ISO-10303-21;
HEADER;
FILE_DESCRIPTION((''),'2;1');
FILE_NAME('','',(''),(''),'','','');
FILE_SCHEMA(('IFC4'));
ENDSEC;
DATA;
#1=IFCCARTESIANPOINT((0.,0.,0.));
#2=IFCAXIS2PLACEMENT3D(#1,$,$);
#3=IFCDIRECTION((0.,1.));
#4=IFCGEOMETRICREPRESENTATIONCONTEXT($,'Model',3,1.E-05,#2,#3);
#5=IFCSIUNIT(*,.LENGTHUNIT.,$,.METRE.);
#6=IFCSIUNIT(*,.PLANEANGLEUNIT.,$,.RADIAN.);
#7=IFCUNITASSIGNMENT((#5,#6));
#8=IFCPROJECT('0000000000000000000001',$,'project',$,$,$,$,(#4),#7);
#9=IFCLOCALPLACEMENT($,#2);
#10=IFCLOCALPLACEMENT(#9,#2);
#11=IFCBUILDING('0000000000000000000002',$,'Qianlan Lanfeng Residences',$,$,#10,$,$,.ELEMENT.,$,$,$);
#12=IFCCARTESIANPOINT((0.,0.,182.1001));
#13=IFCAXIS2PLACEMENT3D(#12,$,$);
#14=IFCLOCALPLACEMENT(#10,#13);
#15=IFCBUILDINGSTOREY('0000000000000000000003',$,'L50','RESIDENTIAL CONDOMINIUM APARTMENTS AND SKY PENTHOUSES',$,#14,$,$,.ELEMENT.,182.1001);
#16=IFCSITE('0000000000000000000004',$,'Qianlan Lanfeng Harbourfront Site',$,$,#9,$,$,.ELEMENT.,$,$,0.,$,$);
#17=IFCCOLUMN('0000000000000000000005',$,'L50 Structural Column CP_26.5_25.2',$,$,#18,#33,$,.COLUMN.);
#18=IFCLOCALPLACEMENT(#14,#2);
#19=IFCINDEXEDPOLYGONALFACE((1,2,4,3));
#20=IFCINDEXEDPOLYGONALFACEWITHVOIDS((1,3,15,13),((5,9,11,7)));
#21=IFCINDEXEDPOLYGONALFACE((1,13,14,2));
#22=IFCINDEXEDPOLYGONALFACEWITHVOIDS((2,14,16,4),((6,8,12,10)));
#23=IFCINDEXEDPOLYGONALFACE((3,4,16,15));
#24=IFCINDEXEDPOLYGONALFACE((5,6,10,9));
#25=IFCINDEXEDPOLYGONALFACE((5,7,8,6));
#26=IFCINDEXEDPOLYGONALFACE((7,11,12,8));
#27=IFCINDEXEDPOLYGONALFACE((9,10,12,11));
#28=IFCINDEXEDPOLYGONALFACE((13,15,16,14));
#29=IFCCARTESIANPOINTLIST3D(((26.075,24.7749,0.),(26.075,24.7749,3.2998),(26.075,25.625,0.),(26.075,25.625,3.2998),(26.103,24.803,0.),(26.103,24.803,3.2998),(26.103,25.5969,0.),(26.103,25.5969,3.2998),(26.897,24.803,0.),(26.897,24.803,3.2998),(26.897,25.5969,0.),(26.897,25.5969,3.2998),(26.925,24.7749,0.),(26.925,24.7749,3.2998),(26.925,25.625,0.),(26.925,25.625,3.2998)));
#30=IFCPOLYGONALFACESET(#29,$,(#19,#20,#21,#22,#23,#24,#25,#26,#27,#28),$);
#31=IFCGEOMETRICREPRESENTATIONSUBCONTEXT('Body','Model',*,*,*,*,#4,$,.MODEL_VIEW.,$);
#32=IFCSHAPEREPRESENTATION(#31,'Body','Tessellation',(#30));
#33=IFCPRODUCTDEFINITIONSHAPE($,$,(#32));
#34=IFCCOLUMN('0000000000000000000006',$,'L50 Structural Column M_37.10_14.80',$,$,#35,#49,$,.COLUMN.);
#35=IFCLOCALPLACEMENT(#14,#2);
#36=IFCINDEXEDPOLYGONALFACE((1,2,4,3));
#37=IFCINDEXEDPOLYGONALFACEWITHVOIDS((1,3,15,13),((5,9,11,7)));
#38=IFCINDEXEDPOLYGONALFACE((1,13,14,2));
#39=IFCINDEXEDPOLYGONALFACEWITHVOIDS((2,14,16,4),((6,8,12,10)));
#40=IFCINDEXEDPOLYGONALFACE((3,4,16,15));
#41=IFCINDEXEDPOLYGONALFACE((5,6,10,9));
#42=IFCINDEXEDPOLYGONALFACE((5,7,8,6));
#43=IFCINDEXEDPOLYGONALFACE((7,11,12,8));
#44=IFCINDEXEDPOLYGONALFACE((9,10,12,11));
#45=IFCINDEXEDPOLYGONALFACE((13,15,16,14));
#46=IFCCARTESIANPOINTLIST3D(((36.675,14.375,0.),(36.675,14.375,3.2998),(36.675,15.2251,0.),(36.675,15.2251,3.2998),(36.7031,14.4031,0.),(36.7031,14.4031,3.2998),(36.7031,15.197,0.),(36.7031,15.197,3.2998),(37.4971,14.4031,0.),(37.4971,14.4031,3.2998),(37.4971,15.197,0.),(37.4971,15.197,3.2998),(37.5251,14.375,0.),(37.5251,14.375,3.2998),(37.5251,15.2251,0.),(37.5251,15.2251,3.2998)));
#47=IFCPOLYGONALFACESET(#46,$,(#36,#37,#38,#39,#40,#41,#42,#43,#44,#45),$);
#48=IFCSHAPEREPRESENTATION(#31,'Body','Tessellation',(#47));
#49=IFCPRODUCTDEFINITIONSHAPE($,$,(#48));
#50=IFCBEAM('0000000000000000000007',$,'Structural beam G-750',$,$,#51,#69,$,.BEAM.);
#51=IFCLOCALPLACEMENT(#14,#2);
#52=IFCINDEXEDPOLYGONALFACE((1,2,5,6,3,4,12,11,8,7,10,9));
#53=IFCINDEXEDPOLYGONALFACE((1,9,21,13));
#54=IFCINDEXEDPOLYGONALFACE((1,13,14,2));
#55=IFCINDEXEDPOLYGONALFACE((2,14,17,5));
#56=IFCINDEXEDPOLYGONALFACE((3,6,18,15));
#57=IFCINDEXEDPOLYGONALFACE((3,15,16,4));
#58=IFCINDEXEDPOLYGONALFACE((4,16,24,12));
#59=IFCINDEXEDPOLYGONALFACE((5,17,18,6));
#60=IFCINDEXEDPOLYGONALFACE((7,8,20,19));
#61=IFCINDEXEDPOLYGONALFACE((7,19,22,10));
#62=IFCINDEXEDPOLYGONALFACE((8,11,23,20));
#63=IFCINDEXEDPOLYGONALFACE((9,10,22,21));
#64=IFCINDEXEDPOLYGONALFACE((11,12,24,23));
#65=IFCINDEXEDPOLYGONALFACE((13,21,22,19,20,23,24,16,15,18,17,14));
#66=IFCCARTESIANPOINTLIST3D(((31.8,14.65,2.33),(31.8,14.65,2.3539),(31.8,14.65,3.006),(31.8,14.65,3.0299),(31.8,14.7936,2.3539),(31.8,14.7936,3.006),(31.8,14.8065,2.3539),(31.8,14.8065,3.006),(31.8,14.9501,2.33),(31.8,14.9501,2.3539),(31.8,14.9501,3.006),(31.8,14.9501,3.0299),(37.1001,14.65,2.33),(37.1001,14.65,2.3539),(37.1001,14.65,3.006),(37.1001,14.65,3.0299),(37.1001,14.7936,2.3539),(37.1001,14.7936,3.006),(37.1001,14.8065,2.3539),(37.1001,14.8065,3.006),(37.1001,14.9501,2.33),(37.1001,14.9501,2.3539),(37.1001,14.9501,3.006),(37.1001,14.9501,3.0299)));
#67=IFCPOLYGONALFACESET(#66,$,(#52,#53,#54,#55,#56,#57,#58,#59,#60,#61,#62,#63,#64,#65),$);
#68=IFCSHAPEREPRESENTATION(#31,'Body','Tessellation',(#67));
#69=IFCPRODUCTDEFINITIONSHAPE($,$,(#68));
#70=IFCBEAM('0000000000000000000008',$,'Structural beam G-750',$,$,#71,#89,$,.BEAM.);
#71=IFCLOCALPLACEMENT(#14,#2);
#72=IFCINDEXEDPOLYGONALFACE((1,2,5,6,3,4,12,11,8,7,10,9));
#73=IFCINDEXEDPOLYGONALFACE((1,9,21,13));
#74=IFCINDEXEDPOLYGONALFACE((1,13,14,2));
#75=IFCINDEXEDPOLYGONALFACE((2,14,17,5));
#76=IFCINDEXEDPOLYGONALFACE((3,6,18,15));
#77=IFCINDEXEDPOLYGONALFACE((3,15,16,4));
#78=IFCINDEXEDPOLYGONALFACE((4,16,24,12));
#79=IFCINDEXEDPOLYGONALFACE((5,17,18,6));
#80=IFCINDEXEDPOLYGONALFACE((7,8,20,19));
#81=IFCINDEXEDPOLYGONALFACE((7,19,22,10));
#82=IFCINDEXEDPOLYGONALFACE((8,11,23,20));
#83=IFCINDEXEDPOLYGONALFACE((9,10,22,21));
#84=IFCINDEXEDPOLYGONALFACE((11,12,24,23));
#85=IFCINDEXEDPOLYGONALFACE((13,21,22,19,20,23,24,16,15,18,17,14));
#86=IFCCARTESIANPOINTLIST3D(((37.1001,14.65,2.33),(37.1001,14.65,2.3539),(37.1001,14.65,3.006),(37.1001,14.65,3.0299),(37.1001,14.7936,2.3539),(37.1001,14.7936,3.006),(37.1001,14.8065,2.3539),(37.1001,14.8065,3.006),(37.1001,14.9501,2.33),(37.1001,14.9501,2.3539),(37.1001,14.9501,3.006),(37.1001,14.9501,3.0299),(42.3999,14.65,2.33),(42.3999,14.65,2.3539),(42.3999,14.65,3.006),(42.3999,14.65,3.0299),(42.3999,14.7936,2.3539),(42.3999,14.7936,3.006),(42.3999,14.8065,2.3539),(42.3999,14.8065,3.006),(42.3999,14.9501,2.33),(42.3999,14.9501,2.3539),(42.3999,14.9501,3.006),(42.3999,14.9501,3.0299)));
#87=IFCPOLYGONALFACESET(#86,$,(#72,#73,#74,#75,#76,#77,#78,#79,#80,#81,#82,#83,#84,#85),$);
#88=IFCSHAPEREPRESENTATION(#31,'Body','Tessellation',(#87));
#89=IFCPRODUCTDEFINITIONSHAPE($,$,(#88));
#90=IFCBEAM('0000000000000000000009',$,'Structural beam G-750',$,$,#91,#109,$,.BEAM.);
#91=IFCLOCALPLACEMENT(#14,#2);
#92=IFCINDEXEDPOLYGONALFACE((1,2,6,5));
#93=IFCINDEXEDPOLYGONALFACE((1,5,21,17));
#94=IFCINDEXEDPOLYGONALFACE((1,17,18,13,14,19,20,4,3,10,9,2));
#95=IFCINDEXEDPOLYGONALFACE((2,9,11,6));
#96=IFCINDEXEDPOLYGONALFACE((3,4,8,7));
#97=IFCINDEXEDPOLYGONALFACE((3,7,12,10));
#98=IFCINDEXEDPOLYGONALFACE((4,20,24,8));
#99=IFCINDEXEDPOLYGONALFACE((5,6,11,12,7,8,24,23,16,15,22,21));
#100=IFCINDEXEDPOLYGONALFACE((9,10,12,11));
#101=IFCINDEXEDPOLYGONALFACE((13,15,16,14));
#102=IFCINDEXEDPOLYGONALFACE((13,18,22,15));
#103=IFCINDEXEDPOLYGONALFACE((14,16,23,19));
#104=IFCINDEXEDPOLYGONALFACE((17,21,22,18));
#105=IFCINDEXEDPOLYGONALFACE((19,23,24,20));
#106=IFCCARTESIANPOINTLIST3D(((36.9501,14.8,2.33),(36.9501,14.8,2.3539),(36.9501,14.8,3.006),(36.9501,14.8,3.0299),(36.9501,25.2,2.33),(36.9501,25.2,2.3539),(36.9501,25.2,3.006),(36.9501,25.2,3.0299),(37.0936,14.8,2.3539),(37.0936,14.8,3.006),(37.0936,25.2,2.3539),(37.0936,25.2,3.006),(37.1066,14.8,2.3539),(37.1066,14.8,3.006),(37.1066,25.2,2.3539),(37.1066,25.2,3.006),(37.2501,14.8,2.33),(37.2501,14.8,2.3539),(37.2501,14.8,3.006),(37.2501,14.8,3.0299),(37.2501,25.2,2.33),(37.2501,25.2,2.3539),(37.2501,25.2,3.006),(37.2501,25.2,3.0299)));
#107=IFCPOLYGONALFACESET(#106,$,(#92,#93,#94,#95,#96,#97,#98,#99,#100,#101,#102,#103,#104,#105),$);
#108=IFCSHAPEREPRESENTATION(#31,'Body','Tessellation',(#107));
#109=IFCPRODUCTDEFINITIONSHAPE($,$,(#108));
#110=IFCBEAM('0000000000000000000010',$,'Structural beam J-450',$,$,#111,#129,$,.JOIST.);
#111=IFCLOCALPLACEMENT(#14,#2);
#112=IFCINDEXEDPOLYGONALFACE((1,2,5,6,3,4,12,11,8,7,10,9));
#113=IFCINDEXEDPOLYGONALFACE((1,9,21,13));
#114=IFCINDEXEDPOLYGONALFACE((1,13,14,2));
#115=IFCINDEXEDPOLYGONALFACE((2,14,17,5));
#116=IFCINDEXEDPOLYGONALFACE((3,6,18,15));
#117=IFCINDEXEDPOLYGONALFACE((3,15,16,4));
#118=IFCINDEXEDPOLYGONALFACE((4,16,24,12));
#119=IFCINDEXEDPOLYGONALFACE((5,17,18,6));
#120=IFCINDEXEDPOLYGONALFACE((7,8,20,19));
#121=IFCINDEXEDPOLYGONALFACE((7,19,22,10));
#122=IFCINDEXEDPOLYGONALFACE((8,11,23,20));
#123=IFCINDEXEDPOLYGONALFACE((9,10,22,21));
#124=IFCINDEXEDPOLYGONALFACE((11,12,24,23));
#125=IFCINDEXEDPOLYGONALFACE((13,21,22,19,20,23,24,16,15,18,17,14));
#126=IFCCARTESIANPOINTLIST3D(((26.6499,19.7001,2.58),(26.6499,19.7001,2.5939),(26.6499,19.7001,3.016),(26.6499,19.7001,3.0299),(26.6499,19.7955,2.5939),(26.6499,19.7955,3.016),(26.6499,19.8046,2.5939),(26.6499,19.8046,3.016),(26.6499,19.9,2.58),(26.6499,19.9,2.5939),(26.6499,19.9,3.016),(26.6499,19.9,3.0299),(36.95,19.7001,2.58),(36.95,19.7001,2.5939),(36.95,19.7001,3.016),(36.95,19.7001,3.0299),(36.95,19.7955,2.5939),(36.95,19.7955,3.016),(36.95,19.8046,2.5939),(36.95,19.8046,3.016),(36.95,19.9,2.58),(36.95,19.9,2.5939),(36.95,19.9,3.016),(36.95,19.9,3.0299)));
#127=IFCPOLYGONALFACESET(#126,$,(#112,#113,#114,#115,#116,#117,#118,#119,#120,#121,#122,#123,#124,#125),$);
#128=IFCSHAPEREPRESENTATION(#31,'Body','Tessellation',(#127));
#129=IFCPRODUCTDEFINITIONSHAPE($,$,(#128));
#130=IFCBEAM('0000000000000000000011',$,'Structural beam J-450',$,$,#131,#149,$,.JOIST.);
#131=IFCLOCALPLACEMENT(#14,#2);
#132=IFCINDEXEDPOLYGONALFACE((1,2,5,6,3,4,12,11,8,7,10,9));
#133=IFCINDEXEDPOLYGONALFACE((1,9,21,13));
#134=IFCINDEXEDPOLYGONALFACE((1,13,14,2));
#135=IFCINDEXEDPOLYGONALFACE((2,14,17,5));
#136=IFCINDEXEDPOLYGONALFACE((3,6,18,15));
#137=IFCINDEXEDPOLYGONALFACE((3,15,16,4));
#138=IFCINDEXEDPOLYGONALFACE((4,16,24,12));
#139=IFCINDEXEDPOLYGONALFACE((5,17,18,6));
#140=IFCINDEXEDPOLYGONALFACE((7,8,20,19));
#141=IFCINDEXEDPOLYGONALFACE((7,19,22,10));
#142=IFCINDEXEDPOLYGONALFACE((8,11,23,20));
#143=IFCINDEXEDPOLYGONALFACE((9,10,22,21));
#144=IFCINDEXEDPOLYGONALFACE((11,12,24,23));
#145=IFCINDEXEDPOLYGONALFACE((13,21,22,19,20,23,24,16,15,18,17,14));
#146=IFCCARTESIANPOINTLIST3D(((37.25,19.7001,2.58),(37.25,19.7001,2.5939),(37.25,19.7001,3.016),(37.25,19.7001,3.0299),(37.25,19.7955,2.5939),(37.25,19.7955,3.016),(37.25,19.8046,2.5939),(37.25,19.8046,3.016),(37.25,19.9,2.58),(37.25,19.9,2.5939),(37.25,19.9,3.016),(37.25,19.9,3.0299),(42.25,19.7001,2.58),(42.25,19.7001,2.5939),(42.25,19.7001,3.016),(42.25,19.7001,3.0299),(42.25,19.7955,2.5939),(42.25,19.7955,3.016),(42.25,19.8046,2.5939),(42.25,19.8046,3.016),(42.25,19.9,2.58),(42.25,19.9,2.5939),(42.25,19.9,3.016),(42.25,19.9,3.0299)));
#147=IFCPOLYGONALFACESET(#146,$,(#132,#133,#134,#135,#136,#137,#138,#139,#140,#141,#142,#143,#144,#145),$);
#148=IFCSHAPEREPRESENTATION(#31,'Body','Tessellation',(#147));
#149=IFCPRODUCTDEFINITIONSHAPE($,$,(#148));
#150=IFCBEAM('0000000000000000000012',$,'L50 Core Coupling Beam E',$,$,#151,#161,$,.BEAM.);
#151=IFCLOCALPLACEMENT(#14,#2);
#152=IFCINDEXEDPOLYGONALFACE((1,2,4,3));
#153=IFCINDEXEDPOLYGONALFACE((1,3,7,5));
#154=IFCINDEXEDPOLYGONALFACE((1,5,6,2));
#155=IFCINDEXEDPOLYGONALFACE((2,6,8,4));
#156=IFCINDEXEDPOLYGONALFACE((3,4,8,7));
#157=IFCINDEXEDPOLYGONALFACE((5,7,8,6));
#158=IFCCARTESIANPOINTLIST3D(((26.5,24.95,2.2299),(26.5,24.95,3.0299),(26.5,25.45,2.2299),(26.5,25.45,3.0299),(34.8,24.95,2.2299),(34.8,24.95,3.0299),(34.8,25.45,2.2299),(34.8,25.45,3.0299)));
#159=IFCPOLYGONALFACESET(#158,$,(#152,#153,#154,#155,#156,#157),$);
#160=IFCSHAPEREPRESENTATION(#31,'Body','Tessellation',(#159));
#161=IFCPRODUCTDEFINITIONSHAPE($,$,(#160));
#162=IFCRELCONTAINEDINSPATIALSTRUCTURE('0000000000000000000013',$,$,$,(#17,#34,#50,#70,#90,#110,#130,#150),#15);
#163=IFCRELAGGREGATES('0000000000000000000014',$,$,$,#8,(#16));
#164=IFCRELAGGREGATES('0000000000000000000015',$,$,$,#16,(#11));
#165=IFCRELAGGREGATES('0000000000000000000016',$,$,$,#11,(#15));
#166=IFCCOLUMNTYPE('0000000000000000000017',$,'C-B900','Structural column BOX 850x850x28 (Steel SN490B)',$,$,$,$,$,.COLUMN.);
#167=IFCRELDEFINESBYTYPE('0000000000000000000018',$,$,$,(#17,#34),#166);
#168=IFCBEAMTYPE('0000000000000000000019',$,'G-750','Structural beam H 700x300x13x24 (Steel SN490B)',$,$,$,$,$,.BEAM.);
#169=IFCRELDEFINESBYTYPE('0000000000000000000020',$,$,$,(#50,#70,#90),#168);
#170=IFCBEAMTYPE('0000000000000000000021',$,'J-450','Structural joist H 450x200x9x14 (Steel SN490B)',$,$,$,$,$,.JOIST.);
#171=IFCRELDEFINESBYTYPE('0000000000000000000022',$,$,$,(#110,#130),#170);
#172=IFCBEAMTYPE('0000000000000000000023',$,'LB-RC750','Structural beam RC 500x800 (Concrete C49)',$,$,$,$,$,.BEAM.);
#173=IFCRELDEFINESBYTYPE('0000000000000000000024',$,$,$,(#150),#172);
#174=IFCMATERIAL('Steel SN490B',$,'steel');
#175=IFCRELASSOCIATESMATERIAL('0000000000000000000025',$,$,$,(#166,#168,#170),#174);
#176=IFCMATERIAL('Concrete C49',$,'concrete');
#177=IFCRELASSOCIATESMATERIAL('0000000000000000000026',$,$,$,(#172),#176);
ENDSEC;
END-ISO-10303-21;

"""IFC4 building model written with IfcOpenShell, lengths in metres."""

from ifc_helpers import new_model, si_unit, direction, frame, origin, origin_2d, place, context, subcontext, project, spatial, rectangle, hollow_rectangle, i_section, extrude, material, material_profile, profile_set, type_object, element, save


model = new_model("IFC4")

# Units and contexts
model_context = context("Model", 3, precision=1e-05, world=origin(), true_north=direction((0.0, 1.0)))
body_context = subcontext(model_context, "Body", "Model", "MODEL_VIEW")
ifc_project = project(units=[si_unit("LENGTHUNIT", "METRE"), si_unit("PLANEANGLEUNIT", "RADIAN")], contexts=[model_context])

# Site, building, storey
site_placement = place(None, origin())
site = spatial("IfcSite", under=ifc_project, at=site_placement, Name="Qianlan Lanfeng Harbourfront Site", CompositionType="ELEMENT", RefElevation=0.0)
building_placement = place(site_placement, origin())
building = spatial("IfcBuilding", under=site, at=building_placement, Name="Qianlan Lanfeng Residences", CompositionType="ELEMENT")
storey_placement = place(building_placement, frame((0.0, 0.0, 182.1001)))
storey = spatial("IfcBuildingStorey", under=building, at=storey_placement, Name="L50", Description="RESIDENTIAL CONDOMINIUM APARTMENTS AND SKY PENTHOUSES", CompositionType="ELEMENT", Elevation=182.1001)

# Columns
ifc_material_1 = material(Name="Steel SN490B", Category="steel")
ifc_material_profile_1 = material_profile(ifc_material_1, hollow_rectangle(XDim=0.8501, YDim=0.8501, WallThickness=0.0281, at=origin_2d()), Name="BOX 850x850x28")
ifc_profile_set_1 = profile_set([ifc_material_profile_1], Name="Steel SN490B")
column_type = type_object("IfcColumnType", Name="C-B900", Description="Structural column BOX 850x850x28 (Steel SN490B)", PredefinedType="COLUMN", material=ifc_profile_set_1)
for number, where, z_axis, x_axis, name in (
    (1, (26.5, 25.2, 0.0), (0.0, 0.0, 1.0), (1.0, 0.0, 0.0), "L50 Structural Column CP_26.5_25.2"),
    (2, (37.1001, 14.8, 0.0), (0.0, 0.0, 1.0), (1.0, 0.0, 0.0), "L50 Structural Column M_37.10_14.80"),
):
    element("IfcColumn", number, at=place(storey_placement, frame(where, z_axis=z_axis, x_axis=x_axis)), inside=storey, type_object=column_type, Name=name, PredefinedType="COLUMN", context=body_context, shape_type="SweptSolid", body=[
        extrude(hollow_rectangle(XDim=0.8501, YDim=0.8501, WallThickness=0.0281, at=origin_2d()), origin(), (0.0, 0.0, 1.0), 3.2998),
    ])

# Beams
ifc_material_profile_2 = material_profile(ifc_material_1, i_section(OverallWidth=0.3, OverallDepth=0.7, WebThickness=0.0129, FlangeThickness=0.0239, at=origin_2d()), Name="H 700x300x13x24")
ifc_profile_set_2 = profile_set([ifc_material_profile_2], Name="Steel SN490B")
beam_type_1 = type_object("IfcBeamType", Name="G-750", Description="Structural beam H 700x300x13x24 (Steel SN490B)", PredefinedType="BEAM", material=ifc_profile_set_2)
beam_1_placement = place(storey_placement, frame((31.8, 14.8, 2.6799), z_axis=(1.0, 0.0, 0.0), x_axis=(0.0, 1.0, 0.0)))
element("IfcBeam", 3, at=beam_1_placement, inside=storey, type_object=beam_type_1, Name="Structural beam G-750", PredefinedType="BEAM", context=body_context, shape_type="SweptSolid", body=[
    extrude(i_section(OverallWidth=0.3, OverallDepth=0.7, WebThickness=0.0129, FlangeThickness=0.0239, at=origin_2d()), origin(), (0.0, 0.0, 1.0), 5.3),
])
beam_2_placement = place(storey_placement, frame((37.1001, 14.8, 2.6799), z_axis=(1.0, 0.0, 0.0), x_axis=(0.0, 1.0, 0.0)))
element("IfcBeam", 4, at=beam_2_placement, inside=storey, type_object=beam_type_1, Name="Structural beam G-750", PredefinedType="BEAM", context=body_context, shape_type="SweptSolid", body=[
    extrude(i_section(OverallWidth=0.3, OverallDepth=0.7, WebThickness=0.0129, FlangeThickness=0.0239, at=origin_2d()), origin(), (0.0, 0.0, 1.0), 5.2998),
])
beam_3_placement = place(storey_placement, frame((37.1001, 14.8, 2.6799), z_axis=(0.0, 1.0, 0.0), x_axis=(-1.0, 0.0, 0.0)))
element("IfcBeam", 5, at=beam_3_placement, inside=storey, type_object=beam_type_1, Name="Structural beam G-750", PredefinedType="BEAM", context=body_context, shape_type="SweptSolid", body=[
    extrude(i_section(OverallWidth=0.3, OverallDepth=0.7, WebThickness=0.0129, FlangeThickness=0.0239, at=origin_2d()), origin(), (0.0, 0.0, 1.0), 10.3999),
])
ifc_material_profile_3 = material_profile(ifc_material_1, i_section(OverallWidth=0.2, OverallDepth=0.45, WebThickness=0.009, FlangeThickness=0.0139, at=origin_2d()), Name="H 450x200x9x14")
ifc_profile_set_3 = profile_set([ifc_material_profile_3], Name="Steel SN490B")
beam_type_2 = type_object("IfcBeamType", Name="J-450", Description="Structural joist H 450x200x9x14 (Steel SN490B)", PredefinedType="JOIST", material=ifc_profile_set_3)
beam_4_placement = place(storey_placement, frame((26.6499, 19.8, 2.8049), z_axis=(1.0, 0.0, 0.0), x_axis=(0.0, 1.0, 0.0)))
element("IfcBeam", 6, at=beam_4_placement, inside=storey, type_object=beam_type_2, Name="Structural beam J-450", PredefinedType="JOIST", context=body_context, shape_type="SweptSolid", body=[
    extrude(i_section(OverallWidth=0.2, OverallDepth=0.45, WebThickness=0.009, FlangeThickness=0.0139, at=origin_2d()), origin(), (0.0, 0.0, 1.0), 10.3),
])
beam_5_placement = place(storey_placement, frame((37.25, 19.8, 2.8049), z_axis=(1.0, 0.0, 0.0), x_axis=(0.0, 1.0, 0.0)))
element("IfcBeam", 7, at=beam_5_placement, inside=storey, type_object=beam_type_2, Name="Structural beam J-450", PredefinedType="JOIST", context=body_context, shape_type="SweptSolid", body=[
    extrude(i_section(OverallWidth=0.2, OverallDepth=0.45, WebThickness=0.009, FlangeThickness=0.0139, at=origin_2d()), origin(), (0.0, 0.0, 1.0), 5.0),
])
ifc_material_2 = material(Name="Concrete C49", Category="concrete")
ifc_material_profile_4 = material_profile(ifc_material_2, rectangle(XDim=0.5, YDim=0.8, at=origin_2d()), Name="RC 500x800")
ifc_profile_set_4 = profile_set([ifc_material_profile_4], Name="Concrete C49")
beam_type_3 = type_object("IfcBeamType", Name="LB-RC750", Description="Structural beam RC 500x800 (Concrete C49)", PredefinedType="BEAM", material=ifc_profile_set_4)
beam_6_placement = place(storey_placement, frame((26.5, 25.2, 2.6299), z_axis=(1.0, 0.0, 0.0), x_axis=(0.0, 1.0, 0.0)))
element("IfcBeam", 8, at=beam_6_placement, inside=storey, type_object=beam_type_3, Name="L50 Core Coupling Beam E", PredefinedType="BEAM", context=body_context, shape_type="SweptSolid", body=[
    extrude(rectangle(XDim=0.5, YDim=0.8, at=origin_2d()), origin(), (0.0, 0.0, 1.0), 8.3),
])

save(model, "model.ifc")
